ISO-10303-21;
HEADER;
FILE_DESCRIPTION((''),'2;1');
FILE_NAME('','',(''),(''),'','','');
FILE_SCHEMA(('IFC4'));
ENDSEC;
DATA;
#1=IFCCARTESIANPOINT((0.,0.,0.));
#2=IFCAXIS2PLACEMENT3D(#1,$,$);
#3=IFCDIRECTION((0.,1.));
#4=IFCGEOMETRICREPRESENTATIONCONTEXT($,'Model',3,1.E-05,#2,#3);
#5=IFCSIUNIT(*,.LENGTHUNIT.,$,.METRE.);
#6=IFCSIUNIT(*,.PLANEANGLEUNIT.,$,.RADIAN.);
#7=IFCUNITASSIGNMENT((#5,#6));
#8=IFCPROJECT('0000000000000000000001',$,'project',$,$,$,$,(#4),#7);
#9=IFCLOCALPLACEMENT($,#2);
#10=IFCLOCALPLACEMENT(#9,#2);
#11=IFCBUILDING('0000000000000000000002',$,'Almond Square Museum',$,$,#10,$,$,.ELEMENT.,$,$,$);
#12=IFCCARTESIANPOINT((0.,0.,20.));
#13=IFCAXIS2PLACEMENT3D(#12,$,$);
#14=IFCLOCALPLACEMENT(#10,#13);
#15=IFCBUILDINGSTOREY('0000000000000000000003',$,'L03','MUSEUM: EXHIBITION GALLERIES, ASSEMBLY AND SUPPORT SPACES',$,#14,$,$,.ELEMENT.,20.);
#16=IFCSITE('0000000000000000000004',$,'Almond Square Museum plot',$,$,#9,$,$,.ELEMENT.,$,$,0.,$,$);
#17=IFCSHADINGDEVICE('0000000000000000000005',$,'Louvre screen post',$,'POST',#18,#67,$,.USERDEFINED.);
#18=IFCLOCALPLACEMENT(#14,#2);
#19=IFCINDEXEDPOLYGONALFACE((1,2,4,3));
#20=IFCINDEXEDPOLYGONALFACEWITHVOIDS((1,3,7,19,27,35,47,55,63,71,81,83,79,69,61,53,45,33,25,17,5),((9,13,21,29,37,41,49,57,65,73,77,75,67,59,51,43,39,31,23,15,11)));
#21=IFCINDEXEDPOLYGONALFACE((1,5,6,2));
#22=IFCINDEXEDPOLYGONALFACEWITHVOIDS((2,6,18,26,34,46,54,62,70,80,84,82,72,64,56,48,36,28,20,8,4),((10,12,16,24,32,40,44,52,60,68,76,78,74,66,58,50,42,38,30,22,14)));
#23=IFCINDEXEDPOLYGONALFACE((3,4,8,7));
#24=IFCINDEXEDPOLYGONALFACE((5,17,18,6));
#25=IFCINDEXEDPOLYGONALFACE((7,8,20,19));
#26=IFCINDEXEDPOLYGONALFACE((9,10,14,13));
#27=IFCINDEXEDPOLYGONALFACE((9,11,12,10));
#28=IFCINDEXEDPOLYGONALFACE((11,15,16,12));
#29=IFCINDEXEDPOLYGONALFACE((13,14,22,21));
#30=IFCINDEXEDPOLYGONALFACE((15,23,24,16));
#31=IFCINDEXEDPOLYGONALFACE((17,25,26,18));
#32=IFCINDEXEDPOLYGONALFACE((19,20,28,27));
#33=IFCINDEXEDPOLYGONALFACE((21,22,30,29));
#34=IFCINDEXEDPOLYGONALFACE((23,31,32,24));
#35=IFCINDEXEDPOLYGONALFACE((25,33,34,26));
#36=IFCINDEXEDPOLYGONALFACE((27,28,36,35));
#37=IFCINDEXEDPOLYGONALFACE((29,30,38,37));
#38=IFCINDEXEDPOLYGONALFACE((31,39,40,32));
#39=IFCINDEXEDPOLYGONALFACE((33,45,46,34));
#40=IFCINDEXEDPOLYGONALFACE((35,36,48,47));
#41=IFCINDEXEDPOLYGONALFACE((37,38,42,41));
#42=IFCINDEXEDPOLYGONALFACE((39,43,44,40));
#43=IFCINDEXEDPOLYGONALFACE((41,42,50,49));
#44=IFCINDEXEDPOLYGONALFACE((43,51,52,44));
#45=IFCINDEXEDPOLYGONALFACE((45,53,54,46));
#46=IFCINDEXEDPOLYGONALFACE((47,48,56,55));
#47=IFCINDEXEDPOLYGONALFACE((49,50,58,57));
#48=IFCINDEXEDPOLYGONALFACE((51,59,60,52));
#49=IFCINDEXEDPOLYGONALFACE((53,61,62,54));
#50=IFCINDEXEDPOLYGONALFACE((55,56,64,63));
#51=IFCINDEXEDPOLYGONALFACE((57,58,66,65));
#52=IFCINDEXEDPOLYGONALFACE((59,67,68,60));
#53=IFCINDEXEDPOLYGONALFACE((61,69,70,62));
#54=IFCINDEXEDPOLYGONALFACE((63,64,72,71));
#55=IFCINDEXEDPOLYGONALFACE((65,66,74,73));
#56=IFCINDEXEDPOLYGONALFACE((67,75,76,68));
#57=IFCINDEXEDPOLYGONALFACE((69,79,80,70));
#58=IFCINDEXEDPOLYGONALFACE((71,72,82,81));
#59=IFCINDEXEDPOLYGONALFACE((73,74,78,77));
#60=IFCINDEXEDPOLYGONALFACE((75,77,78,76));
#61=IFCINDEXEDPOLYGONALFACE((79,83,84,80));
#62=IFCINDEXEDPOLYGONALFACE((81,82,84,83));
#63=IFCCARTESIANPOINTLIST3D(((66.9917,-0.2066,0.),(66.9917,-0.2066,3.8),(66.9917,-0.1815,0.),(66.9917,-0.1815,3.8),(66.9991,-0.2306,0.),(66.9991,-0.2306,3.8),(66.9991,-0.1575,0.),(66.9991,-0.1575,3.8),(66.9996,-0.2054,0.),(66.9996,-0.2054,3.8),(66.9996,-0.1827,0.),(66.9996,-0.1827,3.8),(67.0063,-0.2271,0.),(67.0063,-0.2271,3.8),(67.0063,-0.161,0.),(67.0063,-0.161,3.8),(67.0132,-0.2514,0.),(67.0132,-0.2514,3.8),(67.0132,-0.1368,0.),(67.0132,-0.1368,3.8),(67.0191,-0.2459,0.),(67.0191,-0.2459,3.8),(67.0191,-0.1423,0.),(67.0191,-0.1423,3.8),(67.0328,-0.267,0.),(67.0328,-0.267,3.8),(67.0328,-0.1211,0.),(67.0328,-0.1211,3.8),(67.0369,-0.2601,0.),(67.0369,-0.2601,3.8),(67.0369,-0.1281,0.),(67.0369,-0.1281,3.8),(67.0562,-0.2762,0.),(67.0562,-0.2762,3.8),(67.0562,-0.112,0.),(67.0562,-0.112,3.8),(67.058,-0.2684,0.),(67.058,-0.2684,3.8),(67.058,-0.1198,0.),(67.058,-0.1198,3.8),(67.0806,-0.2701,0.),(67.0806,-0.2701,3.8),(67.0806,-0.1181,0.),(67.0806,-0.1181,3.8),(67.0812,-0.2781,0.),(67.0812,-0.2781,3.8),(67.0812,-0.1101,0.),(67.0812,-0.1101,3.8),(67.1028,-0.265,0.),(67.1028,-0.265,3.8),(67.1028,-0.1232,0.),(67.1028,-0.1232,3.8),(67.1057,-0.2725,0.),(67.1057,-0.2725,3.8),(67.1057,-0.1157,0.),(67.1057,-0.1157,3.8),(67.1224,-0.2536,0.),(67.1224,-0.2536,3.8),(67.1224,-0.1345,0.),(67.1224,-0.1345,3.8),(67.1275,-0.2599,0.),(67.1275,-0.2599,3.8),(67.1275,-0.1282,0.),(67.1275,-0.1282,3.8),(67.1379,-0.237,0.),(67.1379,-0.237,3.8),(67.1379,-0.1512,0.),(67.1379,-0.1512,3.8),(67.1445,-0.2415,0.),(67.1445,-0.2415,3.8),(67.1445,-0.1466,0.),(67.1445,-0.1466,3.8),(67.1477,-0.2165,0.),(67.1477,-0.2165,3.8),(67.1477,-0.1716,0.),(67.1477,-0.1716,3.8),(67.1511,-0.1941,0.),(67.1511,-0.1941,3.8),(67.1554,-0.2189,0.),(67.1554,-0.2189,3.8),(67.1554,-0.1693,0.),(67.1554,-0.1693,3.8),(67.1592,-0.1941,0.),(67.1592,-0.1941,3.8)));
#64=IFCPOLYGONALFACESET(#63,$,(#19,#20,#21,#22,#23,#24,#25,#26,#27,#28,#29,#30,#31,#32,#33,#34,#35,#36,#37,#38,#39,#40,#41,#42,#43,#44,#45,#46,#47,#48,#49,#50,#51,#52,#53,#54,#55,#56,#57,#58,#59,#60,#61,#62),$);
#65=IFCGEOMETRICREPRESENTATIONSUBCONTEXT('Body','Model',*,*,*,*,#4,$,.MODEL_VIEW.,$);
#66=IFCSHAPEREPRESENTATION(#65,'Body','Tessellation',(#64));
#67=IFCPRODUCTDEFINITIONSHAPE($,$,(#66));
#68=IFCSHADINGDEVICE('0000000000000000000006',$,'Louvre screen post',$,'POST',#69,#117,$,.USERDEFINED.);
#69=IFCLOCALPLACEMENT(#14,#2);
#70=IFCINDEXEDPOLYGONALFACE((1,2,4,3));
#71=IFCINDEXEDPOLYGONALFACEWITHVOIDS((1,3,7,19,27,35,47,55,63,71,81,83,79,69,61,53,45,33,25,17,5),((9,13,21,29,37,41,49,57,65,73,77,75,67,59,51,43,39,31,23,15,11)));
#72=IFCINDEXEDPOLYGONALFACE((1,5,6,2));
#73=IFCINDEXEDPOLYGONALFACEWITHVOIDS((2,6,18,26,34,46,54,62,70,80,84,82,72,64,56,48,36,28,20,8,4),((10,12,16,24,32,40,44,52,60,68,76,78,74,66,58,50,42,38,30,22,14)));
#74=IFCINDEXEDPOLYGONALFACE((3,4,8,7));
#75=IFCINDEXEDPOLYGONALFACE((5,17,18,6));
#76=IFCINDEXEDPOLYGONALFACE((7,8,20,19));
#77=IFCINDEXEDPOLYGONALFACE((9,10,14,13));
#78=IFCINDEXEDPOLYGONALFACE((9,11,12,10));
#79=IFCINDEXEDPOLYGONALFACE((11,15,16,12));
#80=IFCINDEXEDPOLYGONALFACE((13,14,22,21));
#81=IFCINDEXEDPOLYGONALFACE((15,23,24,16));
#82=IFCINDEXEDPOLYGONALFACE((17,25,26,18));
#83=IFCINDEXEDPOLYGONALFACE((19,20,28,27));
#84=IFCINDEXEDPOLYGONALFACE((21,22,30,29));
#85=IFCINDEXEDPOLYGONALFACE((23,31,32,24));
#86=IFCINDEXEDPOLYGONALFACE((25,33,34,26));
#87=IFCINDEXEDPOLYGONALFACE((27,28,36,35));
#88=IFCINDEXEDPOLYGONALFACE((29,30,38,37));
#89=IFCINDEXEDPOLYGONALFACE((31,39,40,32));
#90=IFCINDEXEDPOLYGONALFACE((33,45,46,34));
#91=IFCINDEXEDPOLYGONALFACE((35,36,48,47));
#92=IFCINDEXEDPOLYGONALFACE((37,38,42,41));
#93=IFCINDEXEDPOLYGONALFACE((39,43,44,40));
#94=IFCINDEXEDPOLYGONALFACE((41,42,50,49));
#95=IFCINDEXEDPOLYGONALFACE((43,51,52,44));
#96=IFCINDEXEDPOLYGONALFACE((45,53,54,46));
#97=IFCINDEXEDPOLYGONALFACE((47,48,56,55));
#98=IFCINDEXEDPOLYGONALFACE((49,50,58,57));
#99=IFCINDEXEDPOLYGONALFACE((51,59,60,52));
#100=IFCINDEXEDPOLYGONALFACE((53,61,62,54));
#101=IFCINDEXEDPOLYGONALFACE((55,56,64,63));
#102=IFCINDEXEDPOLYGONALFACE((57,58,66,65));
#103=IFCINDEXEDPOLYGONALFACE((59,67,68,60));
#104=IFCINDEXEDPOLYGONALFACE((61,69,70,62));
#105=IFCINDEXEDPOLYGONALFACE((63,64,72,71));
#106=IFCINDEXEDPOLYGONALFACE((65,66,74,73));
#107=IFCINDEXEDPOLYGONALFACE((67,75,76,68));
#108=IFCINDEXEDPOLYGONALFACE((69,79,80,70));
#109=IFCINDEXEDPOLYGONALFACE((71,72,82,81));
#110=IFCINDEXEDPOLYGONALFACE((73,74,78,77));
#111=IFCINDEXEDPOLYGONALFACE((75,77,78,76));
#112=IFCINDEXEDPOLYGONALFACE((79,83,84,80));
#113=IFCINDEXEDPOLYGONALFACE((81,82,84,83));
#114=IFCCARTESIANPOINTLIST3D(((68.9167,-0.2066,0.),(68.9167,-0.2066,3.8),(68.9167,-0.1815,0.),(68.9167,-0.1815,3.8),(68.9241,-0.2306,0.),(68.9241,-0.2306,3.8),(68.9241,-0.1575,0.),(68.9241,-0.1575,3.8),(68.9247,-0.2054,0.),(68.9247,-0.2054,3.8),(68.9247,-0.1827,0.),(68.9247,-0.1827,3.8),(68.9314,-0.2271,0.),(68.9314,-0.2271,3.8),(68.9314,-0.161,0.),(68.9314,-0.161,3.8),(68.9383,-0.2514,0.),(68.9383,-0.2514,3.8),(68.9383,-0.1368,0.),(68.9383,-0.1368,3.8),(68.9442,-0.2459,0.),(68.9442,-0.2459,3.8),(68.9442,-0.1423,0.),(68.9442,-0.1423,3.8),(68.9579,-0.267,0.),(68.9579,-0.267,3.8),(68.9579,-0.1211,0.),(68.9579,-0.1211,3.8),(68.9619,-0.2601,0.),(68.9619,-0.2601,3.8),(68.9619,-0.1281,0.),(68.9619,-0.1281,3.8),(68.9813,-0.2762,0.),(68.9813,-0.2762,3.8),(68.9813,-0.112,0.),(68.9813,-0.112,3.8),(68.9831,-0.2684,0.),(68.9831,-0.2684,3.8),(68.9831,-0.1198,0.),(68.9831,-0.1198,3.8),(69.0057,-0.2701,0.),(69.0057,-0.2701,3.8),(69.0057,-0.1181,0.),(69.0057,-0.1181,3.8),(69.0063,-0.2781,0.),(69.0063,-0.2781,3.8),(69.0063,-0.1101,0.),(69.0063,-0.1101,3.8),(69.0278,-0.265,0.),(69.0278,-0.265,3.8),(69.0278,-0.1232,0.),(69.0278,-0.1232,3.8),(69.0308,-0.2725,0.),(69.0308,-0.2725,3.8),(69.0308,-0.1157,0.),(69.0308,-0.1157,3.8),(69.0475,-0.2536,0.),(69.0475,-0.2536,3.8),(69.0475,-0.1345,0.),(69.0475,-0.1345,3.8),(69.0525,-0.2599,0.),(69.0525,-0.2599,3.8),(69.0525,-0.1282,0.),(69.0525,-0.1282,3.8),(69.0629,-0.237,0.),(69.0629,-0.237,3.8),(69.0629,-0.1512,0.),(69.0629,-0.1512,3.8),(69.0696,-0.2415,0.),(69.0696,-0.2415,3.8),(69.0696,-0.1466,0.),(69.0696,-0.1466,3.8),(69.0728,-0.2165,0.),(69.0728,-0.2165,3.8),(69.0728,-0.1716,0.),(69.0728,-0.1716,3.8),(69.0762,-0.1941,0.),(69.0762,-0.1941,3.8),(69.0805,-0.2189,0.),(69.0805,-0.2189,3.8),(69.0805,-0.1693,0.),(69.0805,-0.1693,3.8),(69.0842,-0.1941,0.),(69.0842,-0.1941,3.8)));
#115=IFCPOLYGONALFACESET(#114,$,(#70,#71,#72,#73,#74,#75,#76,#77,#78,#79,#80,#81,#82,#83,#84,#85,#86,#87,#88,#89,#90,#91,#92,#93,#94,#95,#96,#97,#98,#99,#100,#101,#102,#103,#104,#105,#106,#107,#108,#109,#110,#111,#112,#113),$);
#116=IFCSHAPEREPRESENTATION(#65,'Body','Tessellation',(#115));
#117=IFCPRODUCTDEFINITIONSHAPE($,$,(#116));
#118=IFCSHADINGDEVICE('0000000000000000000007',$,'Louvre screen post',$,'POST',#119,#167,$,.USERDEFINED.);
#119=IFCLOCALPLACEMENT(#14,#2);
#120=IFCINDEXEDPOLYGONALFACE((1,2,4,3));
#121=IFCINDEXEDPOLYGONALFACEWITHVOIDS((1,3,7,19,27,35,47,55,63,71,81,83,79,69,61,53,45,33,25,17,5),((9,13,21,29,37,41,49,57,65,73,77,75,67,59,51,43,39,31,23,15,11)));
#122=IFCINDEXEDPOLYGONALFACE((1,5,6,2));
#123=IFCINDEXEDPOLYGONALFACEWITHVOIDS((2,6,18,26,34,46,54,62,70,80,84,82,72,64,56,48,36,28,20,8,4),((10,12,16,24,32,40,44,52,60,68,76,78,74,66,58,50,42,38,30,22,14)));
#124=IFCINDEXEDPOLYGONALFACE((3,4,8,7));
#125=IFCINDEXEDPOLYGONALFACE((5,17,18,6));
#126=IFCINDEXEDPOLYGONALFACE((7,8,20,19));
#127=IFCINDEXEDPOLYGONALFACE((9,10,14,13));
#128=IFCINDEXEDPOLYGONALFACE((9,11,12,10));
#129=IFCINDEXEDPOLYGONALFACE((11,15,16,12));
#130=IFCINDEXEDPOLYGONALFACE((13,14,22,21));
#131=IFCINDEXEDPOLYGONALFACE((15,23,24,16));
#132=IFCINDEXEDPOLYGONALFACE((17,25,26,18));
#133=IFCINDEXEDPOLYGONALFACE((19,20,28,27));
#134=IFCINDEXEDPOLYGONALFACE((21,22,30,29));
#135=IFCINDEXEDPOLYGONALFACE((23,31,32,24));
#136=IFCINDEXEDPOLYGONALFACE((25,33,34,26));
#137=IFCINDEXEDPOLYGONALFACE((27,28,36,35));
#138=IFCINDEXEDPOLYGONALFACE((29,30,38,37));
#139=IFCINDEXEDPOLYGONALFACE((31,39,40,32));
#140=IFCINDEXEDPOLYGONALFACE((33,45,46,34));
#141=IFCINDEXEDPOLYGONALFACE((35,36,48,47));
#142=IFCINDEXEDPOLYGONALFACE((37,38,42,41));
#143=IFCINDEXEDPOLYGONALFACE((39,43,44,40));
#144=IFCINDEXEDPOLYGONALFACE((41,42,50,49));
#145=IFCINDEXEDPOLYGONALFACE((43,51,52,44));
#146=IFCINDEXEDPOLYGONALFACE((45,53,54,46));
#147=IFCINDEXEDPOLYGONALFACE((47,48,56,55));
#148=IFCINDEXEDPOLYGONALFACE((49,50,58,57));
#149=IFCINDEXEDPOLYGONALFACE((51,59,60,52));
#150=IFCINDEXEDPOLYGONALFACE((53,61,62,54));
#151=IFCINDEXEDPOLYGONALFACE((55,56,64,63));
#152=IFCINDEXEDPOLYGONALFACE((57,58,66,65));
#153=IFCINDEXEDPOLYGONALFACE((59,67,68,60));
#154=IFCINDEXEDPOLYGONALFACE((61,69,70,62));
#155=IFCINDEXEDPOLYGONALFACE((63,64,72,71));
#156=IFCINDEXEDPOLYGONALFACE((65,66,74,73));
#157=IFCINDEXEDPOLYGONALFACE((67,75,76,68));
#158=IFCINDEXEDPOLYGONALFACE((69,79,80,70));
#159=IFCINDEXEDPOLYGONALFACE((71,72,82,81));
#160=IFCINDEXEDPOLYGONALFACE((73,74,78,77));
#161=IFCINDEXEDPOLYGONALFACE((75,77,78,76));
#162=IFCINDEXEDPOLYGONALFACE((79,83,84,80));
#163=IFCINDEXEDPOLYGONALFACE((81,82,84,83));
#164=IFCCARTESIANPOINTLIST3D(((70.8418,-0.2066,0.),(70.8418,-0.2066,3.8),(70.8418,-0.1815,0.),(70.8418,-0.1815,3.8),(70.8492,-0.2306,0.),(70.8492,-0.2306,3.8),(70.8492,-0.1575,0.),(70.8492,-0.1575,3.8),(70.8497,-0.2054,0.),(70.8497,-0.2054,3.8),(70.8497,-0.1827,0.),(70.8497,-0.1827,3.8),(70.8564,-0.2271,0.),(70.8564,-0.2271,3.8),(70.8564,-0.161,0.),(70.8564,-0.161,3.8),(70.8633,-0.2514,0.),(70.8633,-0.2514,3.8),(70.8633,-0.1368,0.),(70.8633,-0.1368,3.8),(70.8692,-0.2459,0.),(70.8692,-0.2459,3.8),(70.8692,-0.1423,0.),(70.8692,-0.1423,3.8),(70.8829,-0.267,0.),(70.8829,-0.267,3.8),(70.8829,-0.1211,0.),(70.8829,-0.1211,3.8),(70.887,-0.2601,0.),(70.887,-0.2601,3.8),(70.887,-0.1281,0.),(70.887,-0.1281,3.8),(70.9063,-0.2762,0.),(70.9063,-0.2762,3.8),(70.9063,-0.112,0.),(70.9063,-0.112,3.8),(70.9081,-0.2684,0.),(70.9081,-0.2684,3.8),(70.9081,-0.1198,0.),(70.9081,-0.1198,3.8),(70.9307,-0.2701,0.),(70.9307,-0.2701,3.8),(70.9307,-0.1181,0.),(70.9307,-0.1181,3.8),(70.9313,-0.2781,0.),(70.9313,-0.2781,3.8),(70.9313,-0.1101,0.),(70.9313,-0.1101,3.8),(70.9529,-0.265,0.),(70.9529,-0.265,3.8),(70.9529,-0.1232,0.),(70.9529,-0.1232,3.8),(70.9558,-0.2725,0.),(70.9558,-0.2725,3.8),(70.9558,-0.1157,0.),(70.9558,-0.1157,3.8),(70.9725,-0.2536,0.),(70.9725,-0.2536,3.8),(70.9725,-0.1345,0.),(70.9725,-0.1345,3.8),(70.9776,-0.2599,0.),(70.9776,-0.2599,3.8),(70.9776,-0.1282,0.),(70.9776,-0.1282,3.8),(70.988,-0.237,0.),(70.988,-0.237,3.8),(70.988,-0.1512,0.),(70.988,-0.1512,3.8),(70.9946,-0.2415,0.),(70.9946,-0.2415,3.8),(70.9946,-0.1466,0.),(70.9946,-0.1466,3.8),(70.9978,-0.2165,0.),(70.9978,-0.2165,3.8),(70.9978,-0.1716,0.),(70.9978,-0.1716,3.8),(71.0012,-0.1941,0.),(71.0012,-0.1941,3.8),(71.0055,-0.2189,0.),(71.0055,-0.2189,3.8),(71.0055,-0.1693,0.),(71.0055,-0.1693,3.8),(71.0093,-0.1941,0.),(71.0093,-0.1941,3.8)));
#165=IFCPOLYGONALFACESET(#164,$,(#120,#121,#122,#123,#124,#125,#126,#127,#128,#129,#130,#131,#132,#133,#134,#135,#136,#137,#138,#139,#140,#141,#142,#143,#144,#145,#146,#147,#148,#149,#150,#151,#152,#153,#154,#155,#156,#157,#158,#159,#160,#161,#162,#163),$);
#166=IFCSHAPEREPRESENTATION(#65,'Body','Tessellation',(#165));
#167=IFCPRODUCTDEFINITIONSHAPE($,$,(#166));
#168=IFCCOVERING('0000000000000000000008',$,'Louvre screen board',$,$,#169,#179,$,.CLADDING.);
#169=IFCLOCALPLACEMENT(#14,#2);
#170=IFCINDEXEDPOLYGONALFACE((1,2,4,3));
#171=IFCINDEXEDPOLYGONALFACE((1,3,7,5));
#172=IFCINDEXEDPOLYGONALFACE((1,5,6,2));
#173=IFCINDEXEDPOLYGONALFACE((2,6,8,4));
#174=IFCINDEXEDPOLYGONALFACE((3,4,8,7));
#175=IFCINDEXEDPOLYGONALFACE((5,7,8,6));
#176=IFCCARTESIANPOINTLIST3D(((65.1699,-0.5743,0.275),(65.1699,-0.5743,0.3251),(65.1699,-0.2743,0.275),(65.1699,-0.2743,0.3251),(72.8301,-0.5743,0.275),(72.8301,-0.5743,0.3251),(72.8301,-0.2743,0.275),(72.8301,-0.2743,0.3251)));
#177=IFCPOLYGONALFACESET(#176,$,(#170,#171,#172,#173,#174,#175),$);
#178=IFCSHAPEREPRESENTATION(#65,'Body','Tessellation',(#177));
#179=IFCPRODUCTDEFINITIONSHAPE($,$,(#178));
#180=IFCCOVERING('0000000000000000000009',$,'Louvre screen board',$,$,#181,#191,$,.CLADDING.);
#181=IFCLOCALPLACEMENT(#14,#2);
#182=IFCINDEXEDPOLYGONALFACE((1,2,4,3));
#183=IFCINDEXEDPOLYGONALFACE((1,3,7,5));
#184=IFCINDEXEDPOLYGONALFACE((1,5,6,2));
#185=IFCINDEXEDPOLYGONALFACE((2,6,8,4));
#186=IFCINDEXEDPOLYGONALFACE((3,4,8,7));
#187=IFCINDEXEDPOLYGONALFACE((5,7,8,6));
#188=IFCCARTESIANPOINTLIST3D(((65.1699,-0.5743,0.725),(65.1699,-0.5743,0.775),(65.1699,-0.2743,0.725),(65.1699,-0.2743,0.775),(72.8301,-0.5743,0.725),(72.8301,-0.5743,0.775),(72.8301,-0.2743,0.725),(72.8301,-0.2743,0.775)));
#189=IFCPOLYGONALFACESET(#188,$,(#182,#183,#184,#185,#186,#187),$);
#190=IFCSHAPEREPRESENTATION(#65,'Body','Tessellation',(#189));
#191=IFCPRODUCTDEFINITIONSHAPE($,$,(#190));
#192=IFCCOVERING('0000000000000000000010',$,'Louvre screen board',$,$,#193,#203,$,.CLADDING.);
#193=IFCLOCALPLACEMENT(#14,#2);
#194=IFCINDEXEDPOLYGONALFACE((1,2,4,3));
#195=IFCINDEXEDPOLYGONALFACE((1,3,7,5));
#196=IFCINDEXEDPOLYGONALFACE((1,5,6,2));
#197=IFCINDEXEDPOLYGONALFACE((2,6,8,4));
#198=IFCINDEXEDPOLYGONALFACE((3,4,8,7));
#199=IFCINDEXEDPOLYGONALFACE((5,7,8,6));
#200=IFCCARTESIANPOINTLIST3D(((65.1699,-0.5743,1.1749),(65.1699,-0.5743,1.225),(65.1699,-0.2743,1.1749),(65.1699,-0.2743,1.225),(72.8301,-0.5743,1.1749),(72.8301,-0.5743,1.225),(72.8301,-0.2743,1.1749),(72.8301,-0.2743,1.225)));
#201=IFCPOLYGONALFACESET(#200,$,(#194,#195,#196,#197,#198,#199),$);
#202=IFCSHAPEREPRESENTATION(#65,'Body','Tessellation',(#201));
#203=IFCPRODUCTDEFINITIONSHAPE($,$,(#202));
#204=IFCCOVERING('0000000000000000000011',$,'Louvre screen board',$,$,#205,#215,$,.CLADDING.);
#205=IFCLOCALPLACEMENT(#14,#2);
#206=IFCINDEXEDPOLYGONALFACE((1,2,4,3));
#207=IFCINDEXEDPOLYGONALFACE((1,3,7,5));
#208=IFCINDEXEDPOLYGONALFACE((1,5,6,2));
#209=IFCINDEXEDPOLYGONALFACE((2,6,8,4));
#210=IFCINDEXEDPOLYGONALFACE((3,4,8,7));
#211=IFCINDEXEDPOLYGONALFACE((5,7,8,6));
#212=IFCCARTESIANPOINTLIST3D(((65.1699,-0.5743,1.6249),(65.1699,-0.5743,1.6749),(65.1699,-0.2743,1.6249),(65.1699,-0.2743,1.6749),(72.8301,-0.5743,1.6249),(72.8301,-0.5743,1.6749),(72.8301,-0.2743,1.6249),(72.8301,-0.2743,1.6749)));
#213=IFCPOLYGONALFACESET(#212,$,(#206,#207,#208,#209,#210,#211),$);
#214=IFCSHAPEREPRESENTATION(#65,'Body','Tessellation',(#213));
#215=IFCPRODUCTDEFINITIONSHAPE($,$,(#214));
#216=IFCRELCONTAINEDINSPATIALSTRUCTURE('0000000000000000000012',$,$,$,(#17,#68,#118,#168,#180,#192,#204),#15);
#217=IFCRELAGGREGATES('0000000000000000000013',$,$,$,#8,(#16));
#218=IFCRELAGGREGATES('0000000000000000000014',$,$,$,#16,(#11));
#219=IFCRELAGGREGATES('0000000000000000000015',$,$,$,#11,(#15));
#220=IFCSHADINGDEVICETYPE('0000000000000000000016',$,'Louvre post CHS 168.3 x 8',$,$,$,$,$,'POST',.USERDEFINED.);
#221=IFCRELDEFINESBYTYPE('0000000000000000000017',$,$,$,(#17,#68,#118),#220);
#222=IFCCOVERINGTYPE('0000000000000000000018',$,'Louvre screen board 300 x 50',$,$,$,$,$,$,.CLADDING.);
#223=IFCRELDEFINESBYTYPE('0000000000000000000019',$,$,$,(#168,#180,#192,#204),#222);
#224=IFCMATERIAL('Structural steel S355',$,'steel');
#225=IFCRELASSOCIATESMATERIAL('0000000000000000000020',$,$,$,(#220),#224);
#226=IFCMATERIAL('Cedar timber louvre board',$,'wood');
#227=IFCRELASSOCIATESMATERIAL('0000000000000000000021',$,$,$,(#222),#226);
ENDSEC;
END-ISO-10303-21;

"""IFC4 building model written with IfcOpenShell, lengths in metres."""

from ifc_helpers import new_model, si_unit, direction, frame, origin, origin_2d, place, context, subcontext, project, spatial, rectangle, hollow_circle, extrude, material, material_profile, profile_set, type_object, element, save


model = new_model("IFC4")

# Units and contexts
model_context = context("Model", 3, precision=1e-05, world=origin(), true_north=direction((0.0, 1.0)))
body_context = subcontext(model_context, "Body", "Model", "MODEL_VIEW")
ifc_project = project(units=[si_unit("LENGTHUNIT", "METRE"), si_unit("PLANEANGLEUNIT", "RADIAN")], contexts=[model_context])

# Site, building, storey
site_placement = place(None, origin())
site = spatial("IfcSite", under=ifc_project, at=site_placement, Name="Almond Square Museum plot", CompositionType="ELEMENT", RefElevation=0.0)
building_placement = place(site_placement, origin())
building = spatial("IfcBuilding", under=site, at=building_placement, Name="Almond Square Museum", CompositionType="ELEMENT")
storey_placement = place(building_placement, frame((0.0, 0.0, 20.0)))
storey = spatial("IfcBuildingStorey", under=building, at=storey_placement, Name="L03", Description="MUSEUM: EXHIBITION GALLERIES, ASSEMBLY AND SUPPORT SPACES", CompositionType="ELEMENT", Elevation=20.0)

# Shading devices
ifc_material_1 = material(Name="Structural steel S355", Category="steel")
ifc_material_profile_1 = material_profile(ifc_material_1, hollow_circle(Radius=0.0842, WallThickness=0.0081, at=origin_2d()))
ifc_profile_set_1 = profile_set([ifc_material_profile_1], Name="Structural steel S355")
shading_device_type = type_object("IfcShadingDeviceType", Name="Louvre post CHS 168.3 x 8", ElementType="POST", PredefinedType="USERDEFINED", material=ifc_profile_set_1)
for number, where, z_axis, x_axis, name in (
    (1, (67.075, -0.1941, 0.0), (0.0, 0.0, 1.0), (1.0, 0.0, 0.0), "Louvre screen post"),
    (2, (69.0, -0.1941, 0.0), (0.0, 0.0, 1.0), (1.0, 0.0, 0.0), "Louvre screen post"),
    (3, (70.925, -0.1941, 0.0), (0.0, 0.0, 1.0), (1.0, 0.0, 0.0), "Louvre screen post"),
):
    element("IfcShadingDevice", number, at=place(storey_placement, frame(where, z_axis=z_axis, x_axis=x_axis)), inside=storey, type_object=shading_device_type, Name=name, ObjectType="POST", PredefinedType="USERDEFINED", context=body_context, shape_type="SweptSolid", body=[
        extrude(hollow_circle(Radius=0.0842, WallThickness=0.0081, at=origin_2d()), origin(), (0.0, 0.0, 1.0), 3.8),
    ])

# Coverings
ifc_material_2 = material(Name="Cedar timber louvre board", Category="wood")
ifc_material_profile_2 = material_profile(ifc_material_2, rectangle(XDim=0.3, YDim=0.05, at=origin_2d()))
ifc_profile_set_2 = profile_set([ifc_material_profile_2], Name="Cedar timber louvre board")
covering_type = type_object("IfcCoveringType", Name="Louvre screen board 300 x 50", PredefinedType="CLADDING", material=ifc_profile_set_2)
for number, where, z_axis, x_axis, name in (
    (4, (65.1699, -0.4243, 0.3), (1.0, 0.0, 0.0), (0.0, 1.0, 0.0), "Louvre screen board"),
    (5, (65.1699, -0.4243, 0.75), (1.0, 0.0, 0.0), (0.0, 1.0, 0.0), "Louvre screen board"),
    (6, (65.1699, -0.4243, 1.2), (1.0, 0.0, 0.0), (0.0, 1.0, 0.0), "Louvre screen board"),
    (7, (65.1699, -0.4243, 1.6499), (1.0, 0.0, 0.0), (0.0, 1.0, 0.0), "Louvre screen board"),
):
    element("IfcCovering", number, at=place(storey_placement, frame(where, z_axis=z_axis, x_axis=x_axis)), inside=storey, type_object=covering_type, Name=name, PredefinedType="CLADDING", context=body_context, shape_type="SweptSolid", body=[
        extrude(rectangle(XDim=0.3, YDim=0.05, at=origin_2d()), origin(), (0.0, 0.0, 1.0), 7.6602),
    ])

save(model, "model.ifc")
